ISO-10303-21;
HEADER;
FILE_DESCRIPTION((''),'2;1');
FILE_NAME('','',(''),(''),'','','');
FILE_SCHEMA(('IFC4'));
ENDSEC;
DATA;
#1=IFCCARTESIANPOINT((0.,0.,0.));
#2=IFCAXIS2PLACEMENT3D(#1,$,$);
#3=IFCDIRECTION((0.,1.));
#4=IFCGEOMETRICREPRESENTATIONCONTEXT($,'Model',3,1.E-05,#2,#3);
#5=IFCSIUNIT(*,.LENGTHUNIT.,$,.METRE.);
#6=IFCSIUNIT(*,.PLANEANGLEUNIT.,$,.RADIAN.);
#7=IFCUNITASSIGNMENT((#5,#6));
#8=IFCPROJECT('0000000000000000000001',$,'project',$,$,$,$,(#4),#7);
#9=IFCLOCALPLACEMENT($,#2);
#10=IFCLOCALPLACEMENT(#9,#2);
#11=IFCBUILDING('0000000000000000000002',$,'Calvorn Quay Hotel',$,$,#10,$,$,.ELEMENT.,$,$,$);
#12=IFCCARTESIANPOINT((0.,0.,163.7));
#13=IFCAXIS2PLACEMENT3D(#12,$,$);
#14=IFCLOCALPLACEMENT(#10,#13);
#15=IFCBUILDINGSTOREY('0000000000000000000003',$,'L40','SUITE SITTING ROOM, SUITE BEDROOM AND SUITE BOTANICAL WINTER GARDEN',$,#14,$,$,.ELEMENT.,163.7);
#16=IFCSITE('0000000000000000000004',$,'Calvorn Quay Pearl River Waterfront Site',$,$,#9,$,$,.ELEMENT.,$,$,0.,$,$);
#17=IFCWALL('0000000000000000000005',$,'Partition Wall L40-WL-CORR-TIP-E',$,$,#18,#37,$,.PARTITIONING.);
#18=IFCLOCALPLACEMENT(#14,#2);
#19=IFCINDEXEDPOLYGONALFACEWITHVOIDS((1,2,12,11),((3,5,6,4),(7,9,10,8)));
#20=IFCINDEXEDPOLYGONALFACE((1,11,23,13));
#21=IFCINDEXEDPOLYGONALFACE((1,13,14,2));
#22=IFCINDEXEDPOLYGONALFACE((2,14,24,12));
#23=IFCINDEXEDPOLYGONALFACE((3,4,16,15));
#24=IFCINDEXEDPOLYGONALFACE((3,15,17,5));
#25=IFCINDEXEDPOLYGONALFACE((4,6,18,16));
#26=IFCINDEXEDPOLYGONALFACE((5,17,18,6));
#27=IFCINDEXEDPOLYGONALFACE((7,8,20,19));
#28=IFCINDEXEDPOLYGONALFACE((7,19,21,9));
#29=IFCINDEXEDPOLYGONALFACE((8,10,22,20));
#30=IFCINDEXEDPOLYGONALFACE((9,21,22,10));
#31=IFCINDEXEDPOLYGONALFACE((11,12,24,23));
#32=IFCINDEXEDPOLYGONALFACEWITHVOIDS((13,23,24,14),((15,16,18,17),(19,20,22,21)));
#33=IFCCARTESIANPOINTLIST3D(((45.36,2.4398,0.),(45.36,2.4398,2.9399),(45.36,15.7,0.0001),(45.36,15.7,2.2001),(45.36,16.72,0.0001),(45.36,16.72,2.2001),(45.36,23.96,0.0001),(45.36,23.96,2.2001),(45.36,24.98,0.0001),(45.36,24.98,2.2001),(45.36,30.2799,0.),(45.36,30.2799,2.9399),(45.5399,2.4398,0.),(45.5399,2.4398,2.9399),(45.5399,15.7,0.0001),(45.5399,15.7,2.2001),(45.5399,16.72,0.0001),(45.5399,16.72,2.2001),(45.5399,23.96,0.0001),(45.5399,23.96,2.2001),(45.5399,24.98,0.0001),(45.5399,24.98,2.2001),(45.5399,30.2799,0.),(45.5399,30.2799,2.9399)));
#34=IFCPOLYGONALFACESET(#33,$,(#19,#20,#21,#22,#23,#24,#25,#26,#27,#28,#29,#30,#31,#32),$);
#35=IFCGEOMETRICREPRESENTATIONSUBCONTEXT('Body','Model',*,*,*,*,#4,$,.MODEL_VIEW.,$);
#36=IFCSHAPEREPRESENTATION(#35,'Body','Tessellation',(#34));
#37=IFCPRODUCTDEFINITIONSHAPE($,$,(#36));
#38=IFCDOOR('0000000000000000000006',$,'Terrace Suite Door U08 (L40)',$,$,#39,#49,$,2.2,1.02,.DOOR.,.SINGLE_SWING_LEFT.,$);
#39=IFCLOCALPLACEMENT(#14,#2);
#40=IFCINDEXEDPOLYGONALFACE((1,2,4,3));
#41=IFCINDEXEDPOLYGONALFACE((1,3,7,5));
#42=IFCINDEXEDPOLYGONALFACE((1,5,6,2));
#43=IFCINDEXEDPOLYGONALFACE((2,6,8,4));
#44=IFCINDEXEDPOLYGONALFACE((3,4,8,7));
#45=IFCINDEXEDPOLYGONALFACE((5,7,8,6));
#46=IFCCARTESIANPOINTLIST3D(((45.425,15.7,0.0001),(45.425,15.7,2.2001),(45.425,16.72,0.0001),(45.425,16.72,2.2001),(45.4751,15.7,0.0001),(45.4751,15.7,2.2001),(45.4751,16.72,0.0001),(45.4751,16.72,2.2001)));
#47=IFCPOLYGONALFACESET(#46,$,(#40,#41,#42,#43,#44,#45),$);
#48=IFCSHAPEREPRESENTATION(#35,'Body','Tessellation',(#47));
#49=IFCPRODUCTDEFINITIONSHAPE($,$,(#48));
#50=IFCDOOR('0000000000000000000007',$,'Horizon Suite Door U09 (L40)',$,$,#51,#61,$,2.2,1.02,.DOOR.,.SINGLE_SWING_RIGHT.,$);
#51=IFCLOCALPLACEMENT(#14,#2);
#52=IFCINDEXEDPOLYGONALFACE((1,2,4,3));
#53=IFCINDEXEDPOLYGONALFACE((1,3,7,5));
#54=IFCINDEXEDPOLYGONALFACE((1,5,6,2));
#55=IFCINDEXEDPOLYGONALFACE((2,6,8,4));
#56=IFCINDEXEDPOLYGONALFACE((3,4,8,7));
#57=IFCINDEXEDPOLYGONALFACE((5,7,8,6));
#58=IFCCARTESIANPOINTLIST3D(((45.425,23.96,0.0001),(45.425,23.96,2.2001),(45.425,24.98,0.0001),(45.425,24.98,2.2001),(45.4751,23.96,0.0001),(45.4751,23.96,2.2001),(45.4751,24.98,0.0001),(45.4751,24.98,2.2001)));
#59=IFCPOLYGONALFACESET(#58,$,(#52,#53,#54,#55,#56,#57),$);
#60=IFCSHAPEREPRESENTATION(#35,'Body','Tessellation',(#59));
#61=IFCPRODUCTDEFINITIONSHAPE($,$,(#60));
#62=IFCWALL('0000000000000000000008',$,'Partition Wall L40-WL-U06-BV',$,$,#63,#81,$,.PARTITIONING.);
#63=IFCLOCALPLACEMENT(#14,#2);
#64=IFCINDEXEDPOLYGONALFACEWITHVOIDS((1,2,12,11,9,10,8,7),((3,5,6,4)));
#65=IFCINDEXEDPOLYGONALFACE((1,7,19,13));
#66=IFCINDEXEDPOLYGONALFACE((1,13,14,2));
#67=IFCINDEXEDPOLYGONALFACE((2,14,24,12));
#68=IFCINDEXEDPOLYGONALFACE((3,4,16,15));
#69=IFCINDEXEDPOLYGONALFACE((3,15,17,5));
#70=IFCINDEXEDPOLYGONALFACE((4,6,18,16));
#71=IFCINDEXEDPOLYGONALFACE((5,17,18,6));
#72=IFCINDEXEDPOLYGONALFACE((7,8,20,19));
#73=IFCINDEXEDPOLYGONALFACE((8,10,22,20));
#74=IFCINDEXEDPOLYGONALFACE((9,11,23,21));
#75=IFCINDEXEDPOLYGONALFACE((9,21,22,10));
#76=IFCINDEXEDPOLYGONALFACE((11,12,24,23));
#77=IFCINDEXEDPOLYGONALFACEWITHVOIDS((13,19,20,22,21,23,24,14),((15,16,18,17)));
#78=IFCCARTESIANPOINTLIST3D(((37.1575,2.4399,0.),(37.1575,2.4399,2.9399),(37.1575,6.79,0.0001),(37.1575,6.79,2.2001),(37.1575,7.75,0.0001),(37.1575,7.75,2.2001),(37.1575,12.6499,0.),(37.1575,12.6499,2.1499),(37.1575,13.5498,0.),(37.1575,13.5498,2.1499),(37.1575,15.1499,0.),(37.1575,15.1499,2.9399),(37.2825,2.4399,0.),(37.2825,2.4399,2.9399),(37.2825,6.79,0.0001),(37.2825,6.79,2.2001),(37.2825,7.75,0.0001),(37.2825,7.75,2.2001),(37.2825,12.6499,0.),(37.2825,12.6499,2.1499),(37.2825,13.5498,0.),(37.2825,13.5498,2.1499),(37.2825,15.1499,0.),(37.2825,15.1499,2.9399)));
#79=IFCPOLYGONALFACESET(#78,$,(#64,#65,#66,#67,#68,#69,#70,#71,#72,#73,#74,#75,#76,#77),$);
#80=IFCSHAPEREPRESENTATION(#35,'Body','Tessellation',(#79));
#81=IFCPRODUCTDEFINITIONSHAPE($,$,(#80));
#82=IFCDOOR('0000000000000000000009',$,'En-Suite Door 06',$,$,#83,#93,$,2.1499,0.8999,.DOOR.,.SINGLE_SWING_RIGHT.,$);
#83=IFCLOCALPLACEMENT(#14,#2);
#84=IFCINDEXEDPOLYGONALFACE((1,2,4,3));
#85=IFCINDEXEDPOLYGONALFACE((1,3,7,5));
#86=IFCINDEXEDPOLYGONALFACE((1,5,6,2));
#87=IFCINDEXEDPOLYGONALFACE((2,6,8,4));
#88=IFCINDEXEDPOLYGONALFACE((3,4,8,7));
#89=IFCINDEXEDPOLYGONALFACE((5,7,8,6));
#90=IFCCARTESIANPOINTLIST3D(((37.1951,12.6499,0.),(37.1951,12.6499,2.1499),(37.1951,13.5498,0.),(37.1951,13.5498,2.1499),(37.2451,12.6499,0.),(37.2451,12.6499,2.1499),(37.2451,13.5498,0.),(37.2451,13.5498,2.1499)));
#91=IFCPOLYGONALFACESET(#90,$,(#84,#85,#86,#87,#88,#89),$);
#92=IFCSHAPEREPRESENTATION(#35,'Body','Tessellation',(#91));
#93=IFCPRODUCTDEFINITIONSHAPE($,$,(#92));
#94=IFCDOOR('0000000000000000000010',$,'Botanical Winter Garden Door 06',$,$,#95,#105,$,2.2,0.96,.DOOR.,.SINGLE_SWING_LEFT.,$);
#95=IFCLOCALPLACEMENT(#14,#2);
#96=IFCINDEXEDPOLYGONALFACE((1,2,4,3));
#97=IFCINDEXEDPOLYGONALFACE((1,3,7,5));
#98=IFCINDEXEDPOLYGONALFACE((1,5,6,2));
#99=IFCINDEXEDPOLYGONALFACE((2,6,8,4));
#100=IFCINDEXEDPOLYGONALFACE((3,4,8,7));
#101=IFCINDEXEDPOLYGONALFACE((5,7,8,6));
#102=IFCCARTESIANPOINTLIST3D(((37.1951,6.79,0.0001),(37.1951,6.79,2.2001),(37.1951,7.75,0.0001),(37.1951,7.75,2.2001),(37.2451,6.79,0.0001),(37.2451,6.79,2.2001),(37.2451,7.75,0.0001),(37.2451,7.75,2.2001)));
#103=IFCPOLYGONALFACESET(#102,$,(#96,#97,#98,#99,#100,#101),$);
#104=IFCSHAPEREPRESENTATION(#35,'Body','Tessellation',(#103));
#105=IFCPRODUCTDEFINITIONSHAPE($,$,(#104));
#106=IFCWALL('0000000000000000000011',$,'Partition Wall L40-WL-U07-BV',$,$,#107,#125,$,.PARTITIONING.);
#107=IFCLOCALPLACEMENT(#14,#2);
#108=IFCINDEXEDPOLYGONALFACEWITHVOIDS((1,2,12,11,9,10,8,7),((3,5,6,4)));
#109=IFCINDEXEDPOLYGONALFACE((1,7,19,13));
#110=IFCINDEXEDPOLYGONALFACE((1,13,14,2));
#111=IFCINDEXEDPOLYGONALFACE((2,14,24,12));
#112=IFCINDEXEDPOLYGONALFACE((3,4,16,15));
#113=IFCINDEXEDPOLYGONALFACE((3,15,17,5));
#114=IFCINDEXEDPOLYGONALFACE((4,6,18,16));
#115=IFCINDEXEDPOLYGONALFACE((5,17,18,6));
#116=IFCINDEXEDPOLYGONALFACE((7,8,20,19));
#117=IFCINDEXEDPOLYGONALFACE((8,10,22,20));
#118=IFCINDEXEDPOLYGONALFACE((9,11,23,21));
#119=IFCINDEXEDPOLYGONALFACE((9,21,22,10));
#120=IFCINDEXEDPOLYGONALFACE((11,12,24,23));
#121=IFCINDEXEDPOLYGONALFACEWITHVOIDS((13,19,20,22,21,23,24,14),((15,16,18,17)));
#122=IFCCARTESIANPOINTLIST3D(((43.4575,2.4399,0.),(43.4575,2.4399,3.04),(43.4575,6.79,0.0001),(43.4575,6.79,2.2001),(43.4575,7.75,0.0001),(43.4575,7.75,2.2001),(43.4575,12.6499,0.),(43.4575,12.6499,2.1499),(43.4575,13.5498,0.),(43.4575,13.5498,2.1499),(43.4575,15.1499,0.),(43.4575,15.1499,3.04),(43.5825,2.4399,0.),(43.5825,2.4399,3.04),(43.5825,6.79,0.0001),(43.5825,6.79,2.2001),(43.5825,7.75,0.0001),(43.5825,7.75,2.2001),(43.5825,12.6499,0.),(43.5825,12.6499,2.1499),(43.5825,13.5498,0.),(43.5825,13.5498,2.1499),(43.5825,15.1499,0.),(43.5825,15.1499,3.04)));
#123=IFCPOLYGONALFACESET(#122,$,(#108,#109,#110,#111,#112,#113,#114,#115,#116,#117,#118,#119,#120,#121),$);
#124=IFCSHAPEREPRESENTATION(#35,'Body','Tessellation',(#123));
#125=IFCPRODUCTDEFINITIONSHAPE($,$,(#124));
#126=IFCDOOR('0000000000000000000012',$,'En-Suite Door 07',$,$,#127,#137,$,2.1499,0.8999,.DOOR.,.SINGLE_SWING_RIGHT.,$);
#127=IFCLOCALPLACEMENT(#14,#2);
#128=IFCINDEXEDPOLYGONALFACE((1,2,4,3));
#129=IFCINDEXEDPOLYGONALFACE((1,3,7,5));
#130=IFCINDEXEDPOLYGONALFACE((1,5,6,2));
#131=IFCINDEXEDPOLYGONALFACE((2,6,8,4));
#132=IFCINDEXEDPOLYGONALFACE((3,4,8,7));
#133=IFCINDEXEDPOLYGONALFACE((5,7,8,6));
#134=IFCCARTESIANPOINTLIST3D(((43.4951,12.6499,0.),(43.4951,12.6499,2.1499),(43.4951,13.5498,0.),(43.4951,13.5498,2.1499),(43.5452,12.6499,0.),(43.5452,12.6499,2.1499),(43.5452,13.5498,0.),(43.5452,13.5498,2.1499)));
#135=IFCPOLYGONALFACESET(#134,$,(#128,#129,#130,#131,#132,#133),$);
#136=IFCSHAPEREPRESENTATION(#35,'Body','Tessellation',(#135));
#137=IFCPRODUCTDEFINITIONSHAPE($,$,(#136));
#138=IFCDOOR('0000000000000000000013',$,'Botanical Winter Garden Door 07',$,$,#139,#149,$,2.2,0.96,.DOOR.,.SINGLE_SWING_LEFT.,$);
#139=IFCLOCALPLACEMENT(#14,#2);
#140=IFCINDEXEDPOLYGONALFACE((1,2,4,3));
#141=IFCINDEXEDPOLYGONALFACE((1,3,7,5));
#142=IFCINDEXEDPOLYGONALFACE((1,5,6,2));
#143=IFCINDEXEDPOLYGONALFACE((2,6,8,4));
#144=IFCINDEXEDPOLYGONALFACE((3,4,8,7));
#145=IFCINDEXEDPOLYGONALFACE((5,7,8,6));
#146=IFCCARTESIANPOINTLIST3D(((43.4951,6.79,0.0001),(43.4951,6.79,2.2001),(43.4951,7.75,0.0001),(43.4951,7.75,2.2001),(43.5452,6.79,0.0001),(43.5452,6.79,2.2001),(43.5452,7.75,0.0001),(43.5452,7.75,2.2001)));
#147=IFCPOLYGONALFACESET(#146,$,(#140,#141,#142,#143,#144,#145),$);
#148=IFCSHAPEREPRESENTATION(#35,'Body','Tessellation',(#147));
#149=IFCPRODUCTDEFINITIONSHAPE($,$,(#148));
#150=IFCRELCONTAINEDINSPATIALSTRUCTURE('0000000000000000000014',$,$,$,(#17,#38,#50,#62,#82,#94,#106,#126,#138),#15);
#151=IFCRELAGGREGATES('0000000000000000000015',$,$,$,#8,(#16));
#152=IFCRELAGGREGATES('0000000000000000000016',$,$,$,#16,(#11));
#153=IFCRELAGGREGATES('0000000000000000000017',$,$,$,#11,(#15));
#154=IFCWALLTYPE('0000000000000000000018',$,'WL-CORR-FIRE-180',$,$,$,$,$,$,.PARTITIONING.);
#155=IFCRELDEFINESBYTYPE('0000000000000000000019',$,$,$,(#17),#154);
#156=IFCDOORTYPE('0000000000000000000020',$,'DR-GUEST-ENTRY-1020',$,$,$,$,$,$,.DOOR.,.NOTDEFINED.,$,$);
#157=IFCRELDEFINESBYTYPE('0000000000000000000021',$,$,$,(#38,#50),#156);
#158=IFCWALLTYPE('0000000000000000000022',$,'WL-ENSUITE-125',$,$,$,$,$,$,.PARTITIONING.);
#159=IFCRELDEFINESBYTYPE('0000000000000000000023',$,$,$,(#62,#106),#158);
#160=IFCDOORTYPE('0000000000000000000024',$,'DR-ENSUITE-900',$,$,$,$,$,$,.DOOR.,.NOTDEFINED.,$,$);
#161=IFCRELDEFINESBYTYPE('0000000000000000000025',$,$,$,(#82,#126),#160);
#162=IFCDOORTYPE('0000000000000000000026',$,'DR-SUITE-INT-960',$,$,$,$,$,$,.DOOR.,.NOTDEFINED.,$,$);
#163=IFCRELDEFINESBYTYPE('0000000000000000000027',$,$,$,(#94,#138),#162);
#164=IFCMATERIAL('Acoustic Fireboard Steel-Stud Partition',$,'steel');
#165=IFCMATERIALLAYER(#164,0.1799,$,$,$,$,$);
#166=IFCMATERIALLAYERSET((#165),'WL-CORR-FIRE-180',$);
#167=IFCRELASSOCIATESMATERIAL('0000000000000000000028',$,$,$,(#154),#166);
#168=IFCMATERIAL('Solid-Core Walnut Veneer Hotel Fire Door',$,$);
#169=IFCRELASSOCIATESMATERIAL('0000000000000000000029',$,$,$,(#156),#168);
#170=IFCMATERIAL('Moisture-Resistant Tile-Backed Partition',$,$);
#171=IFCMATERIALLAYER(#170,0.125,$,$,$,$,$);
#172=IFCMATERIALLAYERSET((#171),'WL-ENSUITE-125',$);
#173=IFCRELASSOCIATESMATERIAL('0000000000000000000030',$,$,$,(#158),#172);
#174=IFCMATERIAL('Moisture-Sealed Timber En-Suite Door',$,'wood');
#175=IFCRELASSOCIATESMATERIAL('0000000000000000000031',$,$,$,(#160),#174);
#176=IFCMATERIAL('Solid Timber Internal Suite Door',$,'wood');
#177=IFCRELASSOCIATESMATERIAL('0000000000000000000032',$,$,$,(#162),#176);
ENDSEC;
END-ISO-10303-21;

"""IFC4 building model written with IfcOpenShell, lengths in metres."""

from ifc_helpers import new_model, si_unit, direction, frame, frame_2d, origin, place, context, subcontext, project, spatial, rectangle, extrude, material, layer, layer_set, type_object, element, fill, save


model = new_model("IFC4")

# Units and contexts
model_context = context("Model", 3, precision=1e-05, world=origin(), true_north=direction((0.0, 1.0)))
body_context = subcontext(model_context, "Body", "Model", "MODEL_VIEW")
ifc_project = project(units=[si_unit("LENGTHUNIT", "METRE"), si_unit("PLANEANGLEUNIT", "RADIAN")], contexts=[model_context])

# Site, building, storey
site_placement = place(None, origin())
site = spatial("IfcSite", under=ifc_project, at=site_placement, Name="Calvorn Quay Pearl River Waterfront Site", CompositionType="ELEMENT", RefElevation=0.0)
building_placement = place(site_placement, origin())
building = spatial("IfcBuilding", under=site, at=building_placement, Name="Calvorn Quay Hotel", CompositionType="ELEMENT")
storey_placement = place(building_placement, frame((0.0, 0.0, 163.7)))
storey = spatial("IfcBuildingStorey", under=building, at=storey_placement, Name="L40", Description="SUITE SITTING ROOM, SUITE BEDROOM AND SUITE BOTANICAL WINTER GARDEN", CompositionType="ELEMENT", Elevation=163.7)

# Walls, openings, doors
ifc_material_1 = material(Name="Acoustic Fireboard Steel-Stud Partition", Category="steel")
ifc_layer_1 = layer(ifc_material_1, 0.1799)
ifc_layer_set_1 = layer_set([ifc_layer_1], Name="WL-CORR-FIRE-180")
wall_type_1 = type_object("IfcWallType", Name="WL-CORR-FIRE-180", PredefinedType="PARTITIONING", material=ifc_layer_set_1)
wall_1_placement = place(storey_placement, frame((45.45, 2.4399, 0.0), z_axis=(0.0, 0.0, 1.0), x_axis=(0.0, 1.0, 0.0)))
wall_1 = element("IfcWall", 1, at=wall_1_placement, inside=storey, type_object=wall_type_1, Name="Partition Wall L40-WL-CORR-TIP-E", PredefinedType="PARTITIONING", context=body_context, shape_type="SweptSolid", body=[
    extrude(rectangle(XDim=27.8401, YDim=0.1799, at=frame_2d((13.9199, 0.0))), origin(), (0.0, 0.0, 1.0), 2.9399),
])
opening_1_placement = place(wall_1_placement, frame((13.26, 0.0, 0.0)))
opening_1 = element("IfcOpeningElement", 2, at=opening_1_placement, cuts=wall_1, PredefinedType="OPENING", context=body_context, shape_type="SweptSolid", body=[
    extrude(rectangle(XDim=1.02, YDim=2.2, at=frame_2d((0.51, 1.1001))), frame((0.0, 0.0999, 0.0), z_axis=(0.0, -1.0, 0.0), x_axis=(1.0, 0.0, 0.0)), (0.0, 0.0, 1.0), 0.2),
])
opening_2_placement = place(wall_1_placement, frame((21.52, 0.0, 0.0)))
opening_2 = element("IfcOpeningElement", 3, at=opening_2_placement, cuts=wall_1, PredefinedType="OPENING", context=body_context, shape_type="SweptSolid", body=[
    extrude(rectangle(XDim=1.02, YDim=2.2, at=frame_2d((0.51, 1.1001))), frame((0.0, 0.0999, 0.0), z_axis=(0.0, -1.0, 0.0), x_axis=(1.0, 0.0, 0.0)), (0.0, 0.0, 1.0), 0.2),
])
ifc_material_2 = material(Name="Solid-Core Walnut Veneer Hotel Fire Door")
door_type_1 = type_object("IfcDoorType", Name="DR-GUEST-ENTRY-1020", OperationType="NOTDEFINED", PredefinedType="DOOR", material=ifc_material_2)
door_1_placement = place(opening_1_placement, origin())
door_1 = element("IfcDoor", 4, at=door_1_placement, inside=storey, type_object=door_type_1, Name="Terrace Suite Door U08 (L40)", OperationType="SINGLE_SWING_LEFT", OverallHeight=2.2, OverallWidth=1.02, PredefinedType="DOOR", context=body_context, shape_type="SweptSolid", body=[
    extrude(rectangle(XDim=1.02, YDim=2.2, at=frame_2d((0.51, 1.1001))), frame((0.0, 0.0249, 0.0), z_axis=(0.0, -1.0, 0.0), x_axis=(1.0, 0.0, 0.0)), (0.0, 0.0, 1.0), 0.05),
])
fill(opening_1, door_1)
door_2_placement = place(opening_2_placement, origin())
door_2 = element("IfcDoor", 5, at=door_2_placement, inside=storey, type_object=door_type_1, Name="Horizon Suite Door U09 (L40)", OperationType="SINGLE_SWING_RIGHT", OverallHeight=2.2, OverallWidth=1.02, PredefinedType="DOOR", context=body_context, shape_type="SweptSolid", body=[
    extrude(rectangle(XDim=1.02, YDim=2.2, at=frame_2d((0.51, 1.1001))), frame((0.0, 0.0249, 0.0), z_axis=(0.0, -1.0, 0.0), x_axis=(1.0, 0.0, 0.0)), (0.0, 0.0, 1.0), 0.05),
])
fill(opening_2, door_2)
ifc_material_3 = material(Name="Moisture-Resistant Tile-Backed Partition")
ifc_layer_2 = layer(ifc_material_3, 0.125)
ifc_layer_set_2 = layer_set([ifc_layer_2], Name="WL-ENSUITE-125")
wall_type_2 = type_object("IfcWallType", Name="WL-ENSUITE-125", PredefinedType="PARTITIONING", material=ifc_layer_set_2)
wall_2_placement = place(storey_placement, frame((37.22, 2.4399, 0.0), z_axis=(0.0, 0.0, 1.0), x_axis=(0.0, 1.0, 0.0)))
wall_2 = element("IfcWall", 6, at=wall_2_placement, inside=storey, type_object=wall_type_2, Name="Partition Wall L40-WL-U06-BV", PredefinedType="PARTITIONING", context=body_context, shape_type="SweptSolid", body=[
    extrude(rectangle(XDim=12.71, YDim=0.125, at=frame_2d((6.355, 0.0))), origin(), (0.0, 0.0, 1.0), 2.9399),
])
opening_3_placement = place(wall_2_placement, frame((4.3501, 0.0, 0.0)))
opening_3 = element("IfcOpeningElement", 7, at=opening_3_placement, cuts=wall_2, PredefinedType="OPENING", context=body_context, shape_type="SweptSolid", body=[
    extrude(rectangle(XDim=0.96, YDim=2.2, at=frame_2d((0.48, 1.1001))), frame((0.0, 0.0725, 0.0), z_axis=(0.0, -1.0, 0.0), x_axis=(1.0, 0.0, 0.0)), (0.0, 0.0, 1.0), 0.145),
])
opening_4_placement = place(wall_2_placement, frame((10.21, 0.0, 0.0)))
opening_4 = element("IfcOpeningElement", 8, at=opening_4_placement, cuts=wall_2, PredefinedType="OPENING", context=body_context, shape_type="SweptSolid", body=[
    extrude(rectangle(XDim=0.8999, YDim=2.1499, at=frame_2d((0.45, 1.075))), frame((0.0, 0.0725, 0.0), z_axis=(0.0, -1.0, 0.0), x_axis=(1.0, 0.0, 0.0)), (0.0, 0.0, 1.0), 0.145),
])
ifc_material_4 = material(Name="Moisture-Sealed Timber En-Suite Door", Category="wood")
door_type_2 = type_object("IfcDoorType", Name="DR-ENSUITE-900", OperationType="NOTDEFINED", PredefinedType="DOOR", material=ifc_material_4)
door_3_placement = place(opening_4_placement, origin())
door_3 = element("IfcDoor", 9, at=door_3_placement, inside=storey, type_object=door_type_2, Name="En-Suite Door 06", OperationType="SINGLE_SWING_RIGHT", OverallHeight=2.1499, OverallWidth=0.8999, PredefinedType="DOOR", context=body_context, shape_type="SweptSolid", body=[
    extrude(rectangle(XDim=0.8999, YDim=2.1499, at=frame_2d((0.45, 1.075))), frame((0.0, 0.0249, 0.0), z_axis=(0.0, -1.0, 0.0), x_axis=(1.0, 0.0, 0.0)), (0.0, 0.0, 1.0), 0.05),
])
fill(opening_4, door_3)
ifc_material_5 = material(Name="Solid Timber Internal Suite Door", Category="wood")
door_type_3 = type_object("IfcDoorType", Name="DR-SUITE-INT-960", OperationType="NOTDEFINED", PredefinedType="DOOR", material=ifc_material_5)
door_4_placement = place(opening_3_placement, origin())
door_4 = element("IfcDoor", 10, at=door_4_placement, inside=storey, type_object=door_type_3, Name="Botanical Winter Garden Door 06", OperationType="SINGLE_SWING_LEFT", OverallHeight=2.2, OverallWidth=0.96, PredefinedType="DOOR", context=body_context, shape_type="SweptSolid", body=[
    extrude(rectangle(XDim=0.96, YDim=2.2, at=frame_2d((0.48, 1.1001))), frame((0.0, 0.0249, 0.0), z_axis=(0.0, -1.0, 0.0), x_axis=(1.0, 0.0, 0.0)), (0.0, 0.0, 1.0), 0.05),
])
fill(opening_3, door_4)
wall_3_placement = place(storey_placement, frame((43.52, 2.4399, 0.0), z_axis=(0.0, 0.0, 1.0), x_axis=(0.0, 1.0, 0.0)))
wall_3 = element("IfcWall", 11, at=wall_3_placement, inside=storey, type_object=wall_type_2, Name="Partition Wall L40-WL-U07-BV", PredefinedType="PARTITIONING", context=body_context, shape_type="SweptSolid", body=[
    extrude(rectangle(XDim=12.71, YDim=0.125, at=frame_2d((6.355, 0.0))), origin(), (0.0, 0.0, 1.0), 3.04),
])
opening_5_placement = place(wall_3_placement, frame((4.3501, 0.0, 0.0)))
opening_5 = element("IfcOpeningElement", 12, at=opening_5_placement, cuts=wall_3, PredefinedType="OPENING", context=body_context, shape_type="SweptSolid", body=[
    extrude(rectangle(XDim=0.96, YDim=2.2, at=frame_2d((0.48, 1.1001))), frame((0.0, 0.0725, 0.0), z_axis=(0.0, -1.0, 0.0), x_axis=(1.0, 0.0, 0.0)), (0.0, 0.0, 1.0), 0.145),
])
opening_6_placement = place(wall_3_placement, frame((10.21, 0.0, 0.0)))
opening_6 = element("IfcOpeningElement", 13, at=opening_6_placement, cuts=wall_3, PredefinedType="OPENING", context=body_context, shape_type="SweptSolid", body=[
    extrude(rectangle(XDim=0.8999, YDim=2.1499, at=frame_2d((0.45, 1.075))), frame((0.0, 0.0725, 0.0), z_axis=(0.0, -1.0, 0.0), x_axis=(1.0, 0.0, 0.0)), (0.0, 0.0, 1.0), 0.145),
])
door_5_placement = place(opening_6_placement, origin())
door_5 = element("IfcDoor", 14, at=door_5_placement, inside=storey, type_object=door_type_2, Name="En-Suite Door 07", OperationType="SINGLE_SWING_RIGHT", OverallHeight=2.1499, OverallWidth=0.8999, PredefinedType="DOOR", context=body_context, shape_type="SweptSolid", body=[
    extrude(rectangle(XDim=0.8999, YDim=2.1499, at=frame_2d((0.45, 1.075))), frame((0.0, 0.0249, 0.0), z_axis=(0.0, -1.0, 0.0), x_axis=(1.0, 0.0, 0.0)), (0.0, 0.0, 1.0), 0.05),
])
fill(opening_6, door_5)
door_6_placement = place(opening_5_placement, origin())
door_6 = element("IfcDoor", 15, at=door_6_placement, inside=storey, type_object=door_type_3, Name="Botanical Winter Garden Door 07", OperationType="SINGLE_SWING_LEFT", OverallHeight=2.2, OverallWidth=0.96, PredefinedType="DOOR", context=body_context, shape_type="SweptSolid", body=[
    extrude(rectangle(XDim=0.96, YDim=2.2, at=frame_2d((0.48, 1.1001))), frame((0.0, 0.0249, 0.0), z_axis=(0.0, -1.0, 0.0), x_axis=(1.0, 0.0, 0.0)), (0.0, 0.0, 1.0), 0.05),
])
fill(opening_5, door_6)

save(model, "model.ifc")
